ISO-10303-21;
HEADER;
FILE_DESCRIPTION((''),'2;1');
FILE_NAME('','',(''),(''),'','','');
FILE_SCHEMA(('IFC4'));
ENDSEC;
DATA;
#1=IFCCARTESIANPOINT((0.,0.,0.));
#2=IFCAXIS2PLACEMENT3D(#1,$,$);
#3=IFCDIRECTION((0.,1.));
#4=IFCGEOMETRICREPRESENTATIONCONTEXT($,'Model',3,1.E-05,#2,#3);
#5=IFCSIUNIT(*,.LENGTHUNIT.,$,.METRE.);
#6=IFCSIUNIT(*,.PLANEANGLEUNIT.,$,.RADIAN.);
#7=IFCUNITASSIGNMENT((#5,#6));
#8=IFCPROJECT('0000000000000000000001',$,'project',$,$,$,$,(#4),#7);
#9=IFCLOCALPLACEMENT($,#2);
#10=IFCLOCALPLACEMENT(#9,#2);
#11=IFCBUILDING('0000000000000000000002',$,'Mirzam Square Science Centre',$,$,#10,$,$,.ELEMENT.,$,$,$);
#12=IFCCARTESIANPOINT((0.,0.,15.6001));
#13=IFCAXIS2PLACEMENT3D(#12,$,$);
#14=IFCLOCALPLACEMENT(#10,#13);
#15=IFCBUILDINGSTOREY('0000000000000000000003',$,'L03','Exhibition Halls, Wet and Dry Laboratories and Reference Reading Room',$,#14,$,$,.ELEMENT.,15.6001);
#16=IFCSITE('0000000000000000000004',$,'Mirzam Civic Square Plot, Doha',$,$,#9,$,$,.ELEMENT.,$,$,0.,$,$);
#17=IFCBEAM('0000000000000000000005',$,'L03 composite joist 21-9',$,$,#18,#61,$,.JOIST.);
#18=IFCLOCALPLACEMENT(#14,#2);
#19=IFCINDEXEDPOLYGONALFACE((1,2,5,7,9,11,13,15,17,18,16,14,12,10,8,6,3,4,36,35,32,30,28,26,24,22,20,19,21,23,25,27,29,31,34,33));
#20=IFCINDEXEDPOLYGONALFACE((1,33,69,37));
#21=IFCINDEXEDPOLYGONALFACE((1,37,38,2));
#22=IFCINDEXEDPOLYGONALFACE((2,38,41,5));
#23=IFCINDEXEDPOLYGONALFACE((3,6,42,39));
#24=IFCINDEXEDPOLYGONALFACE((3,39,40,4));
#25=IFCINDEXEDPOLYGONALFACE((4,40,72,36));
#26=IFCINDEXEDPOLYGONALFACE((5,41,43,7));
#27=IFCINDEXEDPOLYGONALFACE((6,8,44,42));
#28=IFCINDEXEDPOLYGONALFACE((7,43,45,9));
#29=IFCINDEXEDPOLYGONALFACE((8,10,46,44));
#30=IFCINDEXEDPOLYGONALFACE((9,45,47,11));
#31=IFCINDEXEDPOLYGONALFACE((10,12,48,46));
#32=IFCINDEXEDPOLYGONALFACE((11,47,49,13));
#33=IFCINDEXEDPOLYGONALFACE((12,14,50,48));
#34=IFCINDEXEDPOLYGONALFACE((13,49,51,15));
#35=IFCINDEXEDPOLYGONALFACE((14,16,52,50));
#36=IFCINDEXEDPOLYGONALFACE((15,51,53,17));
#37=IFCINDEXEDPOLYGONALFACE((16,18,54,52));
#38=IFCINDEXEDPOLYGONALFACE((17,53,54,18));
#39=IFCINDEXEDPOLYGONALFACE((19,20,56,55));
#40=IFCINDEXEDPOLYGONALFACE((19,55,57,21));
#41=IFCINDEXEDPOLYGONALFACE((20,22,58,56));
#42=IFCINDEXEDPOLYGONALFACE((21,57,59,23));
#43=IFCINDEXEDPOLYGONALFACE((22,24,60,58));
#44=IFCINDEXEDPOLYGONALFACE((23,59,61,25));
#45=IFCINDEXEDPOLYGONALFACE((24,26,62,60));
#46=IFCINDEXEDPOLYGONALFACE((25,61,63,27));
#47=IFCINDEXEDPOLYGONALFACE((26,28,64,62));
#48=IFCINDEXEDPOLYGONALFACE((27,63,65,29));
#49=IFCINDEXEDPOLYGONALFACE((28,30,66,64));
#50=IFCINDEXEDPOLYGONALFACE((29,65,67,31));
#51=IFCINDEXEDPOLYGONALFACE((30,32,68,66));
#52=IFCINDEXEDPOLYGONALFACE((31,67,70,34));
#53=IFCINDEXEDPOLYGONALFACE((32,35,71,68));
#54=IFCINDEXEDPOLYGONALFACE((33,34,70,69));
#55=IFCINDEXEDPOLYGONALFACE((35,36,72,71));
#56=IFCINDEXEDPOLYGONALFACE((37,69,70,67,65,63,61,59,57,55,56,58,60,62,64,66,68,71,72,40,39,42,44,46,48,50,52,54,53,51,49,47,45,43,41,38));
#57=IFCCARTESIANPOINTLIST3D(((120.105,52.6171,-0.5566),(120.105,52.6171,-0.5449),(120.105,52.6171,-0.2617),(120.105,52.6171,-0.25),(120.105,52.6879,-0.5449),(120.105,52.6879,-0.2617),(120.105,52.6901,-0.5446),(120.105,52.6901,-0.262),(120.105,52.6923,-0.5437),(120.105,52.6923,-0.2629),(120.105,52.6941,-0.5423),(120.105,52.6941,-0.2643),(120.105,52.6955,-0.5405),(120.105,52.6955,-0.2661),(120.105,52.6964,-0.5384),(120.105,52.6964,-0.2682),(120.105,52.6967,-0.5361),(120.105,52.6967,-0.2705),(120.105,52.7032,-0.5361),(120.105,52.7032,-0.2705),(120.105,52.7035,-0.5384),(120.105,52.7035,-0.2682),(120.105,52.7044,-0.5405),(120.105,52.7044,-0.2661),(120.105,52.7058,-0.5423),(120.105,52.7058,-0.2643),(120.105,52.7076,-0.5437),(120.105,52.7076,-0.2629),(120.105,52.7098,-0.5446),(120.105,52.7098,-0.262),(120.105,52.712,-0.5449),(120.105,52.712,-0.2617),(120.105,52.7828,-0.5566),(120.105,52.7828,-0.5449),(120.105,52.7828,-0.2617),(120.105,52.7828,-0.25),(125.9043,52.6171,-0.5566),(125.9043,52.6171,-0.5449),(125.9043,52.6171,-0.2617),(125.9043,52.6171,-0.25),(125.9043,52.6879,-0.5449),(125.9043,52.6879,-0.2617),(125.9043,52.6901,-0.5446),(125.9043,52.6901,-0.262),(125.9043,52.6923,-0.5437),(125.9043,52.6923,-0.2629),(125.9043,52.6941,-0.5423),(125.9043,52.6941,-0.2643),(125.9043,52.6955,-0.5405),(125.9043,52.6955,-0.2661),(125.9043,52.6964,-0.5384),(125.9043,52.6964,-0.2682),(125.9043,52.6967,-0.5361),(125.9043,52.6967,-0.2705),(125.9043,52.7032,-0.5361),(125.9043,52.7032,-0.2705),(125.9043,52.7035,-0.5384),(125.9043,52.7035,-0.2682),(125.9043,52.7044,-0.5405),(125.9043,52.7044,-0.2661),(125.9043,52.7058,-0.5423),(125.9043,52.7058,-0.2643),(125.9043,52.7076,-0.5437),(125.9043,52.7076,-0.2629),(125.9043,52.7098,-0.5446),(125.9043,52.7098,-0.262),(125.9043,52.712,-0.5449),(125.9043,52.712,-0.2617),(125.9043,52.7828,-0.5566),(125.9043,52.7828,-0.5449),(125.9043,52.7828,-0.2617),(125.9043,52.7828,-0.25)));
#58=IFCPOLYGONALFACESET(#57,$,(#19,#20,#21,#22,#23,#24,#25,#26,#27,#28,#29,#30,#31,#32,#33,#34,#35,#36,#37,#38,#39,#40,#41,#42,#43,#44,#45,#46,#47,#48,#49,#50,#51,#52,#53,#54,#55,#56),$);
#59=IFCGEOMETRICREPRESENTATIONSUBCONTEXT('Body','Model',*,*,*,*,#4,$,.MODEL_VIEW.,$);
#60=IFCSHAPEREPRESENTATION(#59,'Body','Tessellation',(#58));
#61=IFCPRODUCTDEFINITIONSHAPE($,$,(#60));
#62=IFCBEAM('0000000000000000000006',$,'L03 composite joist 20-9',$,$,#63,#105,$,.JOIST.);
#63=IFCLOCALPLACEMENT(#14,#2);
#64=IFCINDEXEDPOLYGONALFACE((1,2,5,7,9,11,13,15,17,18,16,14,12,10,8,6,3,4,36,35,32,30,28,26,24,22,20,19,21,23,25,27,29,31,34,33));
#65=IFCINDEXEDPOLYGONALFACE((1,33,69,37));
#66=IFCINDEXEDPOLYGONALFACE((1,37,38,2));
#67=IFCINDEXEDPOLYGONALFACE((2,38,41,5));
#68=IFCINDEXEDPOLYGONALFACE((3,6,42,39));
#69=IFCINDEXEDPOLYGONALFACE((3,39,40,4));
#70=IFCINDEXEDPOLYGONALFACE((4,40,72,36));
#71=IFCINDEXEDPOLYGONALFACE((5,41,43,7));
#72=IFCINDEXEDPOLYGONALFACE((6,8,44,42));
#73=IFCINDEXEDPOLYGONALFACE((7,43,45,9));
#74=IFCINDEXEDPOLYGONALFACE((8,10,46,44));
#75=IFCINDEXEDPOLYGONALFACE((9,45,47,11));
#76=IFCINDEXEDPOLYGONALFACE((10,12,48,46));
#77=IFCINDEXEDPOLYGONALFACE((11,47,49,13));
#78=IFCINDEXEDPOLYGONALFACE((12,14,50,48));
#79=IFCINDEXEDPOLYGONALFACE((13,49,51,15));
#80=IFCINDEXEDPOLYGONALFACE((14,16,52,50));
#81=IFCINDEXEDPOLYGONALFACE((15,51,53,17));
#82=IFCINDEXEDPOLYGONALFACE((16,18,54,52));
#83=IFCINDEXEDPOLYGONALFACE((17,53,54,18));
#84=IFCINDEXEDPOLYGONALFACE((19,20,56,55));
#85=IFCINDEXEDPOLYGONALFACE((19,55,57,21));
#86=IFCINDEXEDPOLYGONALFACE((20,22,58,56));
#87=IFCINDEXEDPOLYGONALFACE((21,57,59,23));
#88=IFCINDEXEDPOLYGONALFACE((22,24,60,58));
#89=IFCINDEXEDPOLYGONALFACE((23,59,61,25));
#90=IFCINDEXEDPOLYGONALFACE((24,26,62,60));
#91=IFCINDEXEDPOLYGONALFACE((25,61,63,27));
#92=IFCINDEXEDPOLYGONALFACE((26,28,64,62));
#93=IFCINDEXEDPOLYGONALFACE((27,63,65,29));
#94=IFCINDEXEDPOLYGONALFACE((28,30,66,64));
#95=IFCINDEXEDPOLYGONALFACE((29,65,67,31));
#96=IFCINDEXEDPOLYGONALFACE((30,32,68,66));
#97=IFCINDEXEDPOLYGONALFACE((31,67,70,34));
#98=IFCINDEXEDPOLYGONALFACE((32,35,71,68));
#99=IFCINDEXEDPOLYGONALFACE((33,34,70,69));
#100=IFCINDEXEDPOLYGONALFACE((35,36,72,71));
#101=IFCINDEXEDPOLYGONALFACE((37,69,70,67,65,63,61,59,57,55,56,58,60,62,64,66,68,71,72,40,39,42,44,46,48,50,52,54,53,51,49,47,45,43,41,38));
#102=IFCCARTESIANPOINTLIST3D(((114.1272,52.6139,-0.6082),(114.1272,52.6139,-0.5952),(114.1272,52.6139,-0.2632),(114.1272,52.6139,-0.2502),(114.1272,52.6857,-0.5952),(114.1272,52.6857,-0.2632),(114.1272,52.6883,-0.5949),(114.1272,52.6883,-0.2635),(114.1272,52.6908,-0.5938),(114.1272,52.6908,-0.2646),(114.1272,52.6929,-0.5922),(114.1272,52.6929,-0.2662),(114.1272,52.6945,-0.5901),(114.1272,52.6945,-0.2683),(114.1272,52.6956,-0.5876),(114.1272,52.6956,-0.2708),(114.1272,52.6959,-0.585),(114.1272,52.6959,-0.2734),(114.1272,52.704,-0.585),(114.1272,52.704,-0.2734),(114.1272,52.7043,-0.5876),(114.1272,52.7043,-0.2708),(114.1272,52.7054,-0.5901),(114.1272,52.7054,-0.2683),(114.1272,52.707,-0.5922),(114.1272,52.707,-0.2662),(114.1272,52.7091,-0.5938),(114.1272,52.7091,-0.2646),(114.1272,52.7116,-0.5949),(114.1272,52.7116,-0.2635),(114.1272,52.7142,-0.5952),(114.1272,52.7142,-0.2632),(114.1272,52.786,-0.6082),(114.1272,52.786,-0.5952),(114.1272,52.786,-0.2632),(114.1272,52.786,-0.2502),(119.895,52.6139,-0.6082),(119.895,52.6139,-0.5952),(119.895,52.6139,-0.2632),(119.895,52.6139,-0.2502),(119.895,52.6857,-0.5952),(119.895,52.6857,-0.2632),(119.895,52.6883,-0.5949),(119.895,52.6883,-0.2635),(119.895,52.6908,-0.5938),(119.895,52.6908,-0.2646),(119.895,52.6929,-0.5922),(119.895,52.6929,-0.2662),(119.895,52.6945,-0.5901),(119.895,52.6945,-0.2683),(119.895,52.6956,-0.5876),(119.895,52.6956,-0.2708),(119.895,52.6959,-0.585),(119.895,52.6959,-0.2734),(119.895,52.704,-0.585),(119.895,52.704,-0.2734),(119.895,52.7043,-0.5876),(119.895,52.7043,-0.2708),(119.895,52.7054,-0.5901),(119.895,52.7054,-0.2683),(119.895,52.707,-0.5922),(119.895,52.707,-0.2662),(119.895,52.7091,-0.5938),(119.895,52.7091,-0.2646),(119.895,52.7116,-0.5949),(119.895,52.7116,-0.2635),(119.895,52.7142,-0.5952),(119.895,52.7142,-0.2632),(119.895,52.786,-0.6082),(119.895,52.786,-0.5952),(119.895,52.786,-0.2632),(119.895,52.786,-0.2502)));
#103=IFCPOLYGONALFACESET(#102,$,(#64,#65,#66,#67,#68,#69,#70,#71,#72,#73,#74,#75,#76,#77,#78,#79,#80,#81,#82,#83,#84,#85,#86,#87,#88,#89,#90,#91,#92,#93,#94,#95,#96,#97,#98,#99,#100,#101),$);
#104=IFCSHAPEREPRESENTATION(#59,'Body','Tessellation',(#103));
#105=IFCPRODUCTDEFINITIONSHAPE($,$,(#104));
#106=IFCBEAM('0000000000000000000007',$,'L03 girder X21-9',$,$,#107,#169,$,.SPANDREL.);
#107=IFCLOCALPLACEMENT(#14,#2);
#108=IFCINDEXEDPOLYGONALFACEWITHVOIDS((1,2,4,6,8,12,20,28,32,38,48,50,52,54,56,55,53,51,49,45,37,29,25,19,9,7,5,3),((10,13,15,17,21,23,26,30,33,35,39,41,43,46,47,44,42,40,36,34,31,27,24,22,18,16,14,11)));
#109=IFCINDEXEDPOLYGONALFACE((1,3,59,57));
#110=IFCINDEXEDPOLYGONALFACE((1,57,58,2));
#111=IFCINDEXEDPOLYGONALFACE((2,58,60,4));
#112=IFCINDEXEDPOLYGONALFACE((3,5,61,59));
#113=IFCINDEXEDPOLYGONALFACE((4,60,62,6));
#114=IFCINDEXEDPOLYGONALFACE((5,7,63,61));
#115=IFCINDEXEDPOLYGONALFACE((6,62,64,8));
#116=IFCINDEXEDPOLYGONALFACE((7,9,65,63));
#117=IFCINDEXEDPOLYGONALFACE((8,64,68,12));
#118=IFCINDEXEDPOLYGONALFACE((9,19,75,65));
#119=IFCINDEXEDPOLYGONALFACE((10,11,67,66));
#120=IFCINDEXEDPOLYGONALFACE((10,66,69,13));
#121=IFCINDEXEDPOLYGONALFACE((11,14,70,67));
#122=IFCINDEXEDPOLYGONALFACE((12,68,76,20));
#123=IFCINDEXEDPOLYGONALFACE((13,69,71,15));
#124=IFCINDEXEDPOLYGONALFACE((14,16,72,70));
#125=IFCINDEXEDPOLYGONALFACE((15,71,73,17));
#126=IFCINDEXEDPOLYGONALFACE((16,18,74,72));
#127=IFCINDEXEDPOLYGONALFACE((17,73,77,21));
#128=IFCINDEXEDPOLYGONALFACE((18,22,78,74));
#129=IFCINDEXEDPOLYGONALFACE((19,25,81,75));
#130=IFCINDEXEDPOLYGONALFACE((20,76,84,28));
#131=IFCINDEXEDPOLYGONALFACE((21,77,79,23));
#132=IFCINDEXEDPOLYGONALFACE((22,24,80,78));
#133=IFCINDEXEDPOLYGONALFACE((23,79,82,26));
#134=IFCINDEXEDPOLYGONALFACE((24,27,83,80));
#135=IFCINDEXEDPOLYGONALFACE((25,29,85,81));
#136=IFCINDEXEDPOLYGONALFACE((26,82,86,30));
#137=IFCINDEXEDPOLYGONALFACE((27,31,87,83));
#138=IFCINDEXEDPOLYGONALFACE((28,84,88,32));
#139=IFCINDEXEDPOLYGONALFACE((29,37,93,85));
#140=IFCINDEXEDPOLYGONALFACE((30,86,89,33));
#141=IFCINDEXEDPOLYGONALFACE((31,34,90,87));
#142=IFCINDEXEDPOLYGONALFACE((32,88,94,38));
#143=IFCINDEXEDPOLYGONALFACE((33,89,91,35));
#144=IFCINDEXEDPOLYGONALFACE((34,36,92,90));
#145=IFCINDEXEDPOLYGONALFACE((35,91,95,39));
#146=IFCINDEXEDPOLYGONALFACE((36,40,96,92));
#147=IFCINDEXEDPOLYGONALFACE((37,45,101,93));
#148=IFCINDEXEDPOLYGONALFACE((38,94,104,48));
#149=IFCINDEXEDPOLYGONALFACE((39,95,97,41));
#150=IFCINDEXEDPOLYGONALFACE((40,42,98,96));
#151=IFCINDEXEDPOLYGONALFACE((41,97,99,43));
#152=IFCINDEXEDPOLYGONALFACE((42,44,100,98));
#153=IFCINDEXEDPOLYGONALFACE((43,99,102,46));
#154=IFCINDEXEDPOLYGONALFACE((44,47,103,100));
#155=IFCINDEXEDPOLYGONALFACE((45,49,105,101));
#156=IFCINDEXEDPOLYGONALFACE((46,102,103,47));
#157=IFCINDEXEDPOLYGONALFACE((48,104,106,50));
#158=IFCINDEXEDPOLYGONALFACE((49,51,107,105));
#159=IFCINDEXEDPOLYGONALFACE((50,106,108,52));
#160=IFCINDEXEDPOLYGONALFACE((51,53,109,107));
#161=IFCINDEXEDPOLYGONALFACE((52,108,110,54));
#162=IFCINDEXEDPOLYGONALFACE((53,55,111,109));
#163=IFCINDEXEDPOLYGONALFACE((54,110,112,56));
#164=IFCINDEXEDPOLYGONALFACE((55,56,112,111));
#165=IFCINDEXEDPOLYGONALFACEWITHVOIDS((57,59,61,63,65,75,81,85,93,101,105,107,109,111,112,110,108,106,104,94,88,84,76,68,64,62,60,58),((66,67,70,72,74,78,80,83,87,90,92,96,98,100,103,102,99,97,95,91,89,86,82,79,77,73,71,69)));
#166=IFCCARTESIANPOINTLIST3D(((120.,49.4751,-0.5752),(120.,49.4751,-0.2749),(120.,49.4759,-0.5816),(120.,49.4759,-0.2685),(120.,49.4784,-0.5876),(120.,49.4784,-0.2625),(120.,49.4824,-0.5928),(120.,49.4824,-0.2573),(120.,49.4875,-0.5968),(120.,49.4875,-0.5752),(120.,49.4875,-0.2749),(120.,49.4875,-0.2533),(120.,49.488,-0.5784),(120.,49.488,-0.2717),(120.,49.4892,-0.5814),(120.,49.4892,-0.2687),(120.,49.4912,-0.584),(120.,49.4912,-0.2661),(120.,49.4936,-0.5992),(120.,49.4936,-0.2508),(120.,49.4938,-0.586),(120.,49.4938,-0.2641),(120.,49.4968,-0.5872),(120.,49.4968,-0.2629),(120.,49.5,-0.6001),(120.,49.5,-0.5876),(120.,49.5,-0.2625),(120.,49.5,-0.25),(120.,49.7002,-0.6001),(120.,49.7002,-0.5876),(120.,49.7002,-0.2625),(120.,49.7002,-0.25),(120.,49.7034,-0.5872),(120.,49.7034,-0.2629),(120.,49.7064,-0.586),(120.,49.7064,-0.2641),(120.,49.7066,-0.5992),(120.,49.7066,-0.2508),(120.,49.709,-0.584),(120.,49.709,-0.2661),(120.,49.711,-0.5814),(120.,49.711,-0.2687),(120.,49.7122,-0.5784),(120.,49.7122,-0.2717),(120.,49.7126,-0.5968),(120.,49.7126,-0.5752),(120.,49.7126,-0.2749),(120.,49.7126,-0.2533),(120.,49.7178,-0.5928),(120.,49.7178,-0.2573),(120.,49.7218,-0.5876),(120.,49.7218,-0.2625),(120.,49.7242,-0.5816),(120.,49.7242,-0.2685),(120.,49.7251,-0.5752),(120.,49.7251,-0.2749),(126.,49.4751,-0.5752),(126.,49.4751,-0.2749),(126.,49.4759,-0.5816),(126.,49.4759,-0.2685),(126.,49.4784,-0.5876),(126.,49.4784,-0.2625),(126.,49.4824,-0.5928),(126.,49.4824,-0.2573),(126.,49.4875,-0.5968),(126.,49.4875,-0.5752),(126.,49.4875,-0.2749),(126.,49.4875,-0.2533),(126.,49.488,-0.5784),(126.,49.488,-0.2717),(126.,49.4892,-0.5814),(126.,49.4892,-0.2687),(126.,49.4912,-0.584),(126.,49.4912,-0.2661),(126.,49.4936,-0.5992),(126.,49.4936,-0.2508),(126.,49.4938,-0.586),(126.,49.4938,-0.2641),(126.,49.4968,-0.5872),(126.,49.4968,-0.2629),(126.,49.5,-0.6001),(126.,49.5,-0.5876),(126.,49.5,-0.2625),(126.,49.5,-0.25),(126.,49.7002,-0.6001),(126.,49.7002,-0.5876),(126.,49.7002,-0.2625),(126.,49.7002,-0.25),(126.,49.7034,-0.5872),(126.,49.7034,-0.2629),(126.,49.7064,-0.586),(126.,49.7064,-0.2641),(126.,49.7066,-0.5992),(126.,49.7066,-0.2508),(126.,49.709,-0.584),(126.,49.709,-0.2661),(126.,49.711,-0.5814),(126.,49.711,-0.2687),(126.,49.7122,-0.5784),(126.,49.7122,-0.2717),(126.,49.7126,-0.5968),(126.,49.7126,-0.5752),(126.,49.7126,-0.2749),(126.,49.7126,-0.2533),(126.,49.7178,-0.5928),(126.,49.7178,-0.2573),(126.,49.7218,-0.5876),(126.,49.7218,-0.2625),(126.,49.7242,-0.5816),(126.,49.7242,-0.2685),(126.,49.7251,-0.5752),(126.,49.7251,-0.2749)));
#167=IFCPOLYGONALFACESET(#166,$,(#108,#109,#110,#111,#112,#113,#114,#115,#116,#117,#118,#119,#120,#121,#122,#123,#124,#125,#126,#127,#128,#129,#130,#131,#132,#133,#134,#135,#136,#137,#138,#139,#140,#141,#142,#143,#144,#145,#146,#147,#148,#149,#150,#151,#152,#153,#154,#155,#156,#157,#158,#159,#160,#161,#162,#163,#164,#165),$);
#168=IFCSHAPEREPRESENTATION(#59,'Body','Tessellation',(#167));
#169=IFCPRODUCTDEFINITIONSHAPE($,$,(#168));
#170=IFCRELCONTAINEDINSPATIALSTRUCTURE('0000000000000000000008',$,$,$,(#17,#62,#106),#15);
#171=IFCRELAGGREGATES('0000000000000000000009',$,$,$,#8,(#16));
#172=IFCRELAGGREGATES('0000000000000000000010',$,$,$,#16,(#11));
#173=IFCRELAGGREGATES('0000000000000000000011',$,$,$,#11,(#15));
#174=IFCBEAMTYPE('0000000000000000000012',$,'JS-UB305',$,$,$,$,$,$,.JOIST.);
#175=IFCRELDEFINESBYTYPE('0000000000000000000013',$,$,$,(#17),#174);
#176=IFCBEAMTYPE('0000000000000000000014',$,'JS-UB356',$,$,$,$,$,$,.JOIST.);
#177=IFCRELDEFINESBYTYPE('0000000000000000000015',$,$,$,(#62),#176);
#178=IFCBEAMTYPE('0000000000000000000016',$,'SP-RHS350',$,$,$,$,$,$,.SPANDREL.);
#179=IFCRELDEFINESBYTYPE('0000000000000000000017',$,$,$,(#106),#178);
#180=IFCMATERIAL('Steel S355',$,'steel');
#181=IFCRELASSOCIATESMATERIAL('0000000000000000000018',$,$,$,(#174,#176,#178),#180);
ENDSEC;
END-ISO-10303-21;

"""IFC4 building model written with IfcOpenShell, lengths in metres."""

from ifc_helpers import new_model, si_unit, direction, frame, origin, origin_2d, place, context, subcontext, project, spatial, hollow_rectangle, i_section, extrude, material, material_profile, profile_set, type_object, element, save


model = new_model("IFC4")

# Units and contexts
model_context = context("Model", 3, precision=1e-05, world=origin(), true_north=direction((0.0, 1.0)))
body_context = subcontext(model_context, "Body", "Model", "MODEL_VIEW")
ifc_project = project(units=[si_unit("LENGTHUNIT", "METRE"), si_unit("PLANEANGLEUNIT", "RADIAN")], contexts=[model_context])

# Site, building, storey
site_placement = place(None, origin())
site = spatial("IfcSite", under=ifc_project, at=site_placement, Name="Mirzam Civic Square Plot, Doha", CompositionType="ELEMENT", RefElevation=0.0)
building_placement = place(site_placement, origin())
building = spatial("IfcBuilding", under=site, at=building_placement, Name="Mirzam Square Science Centre", CompositionType="ELEMENT")
storey_placement = place(building_placement, frame((0.0, 0.0, 15.6001)))
storey = spatial("IfcBuildingStorey", under=building, at=storey_placement, Name="L03", Description="Exhibition Halls, Wet and Dry Laboratories and Reference Reading Room", CompositionType="ELEMENT", Elevation=15.6001)

# Shared definitions
ifc_material_1 = material(Name="Steel S355", Category="steel")

# Beams
ifc_material_profile_1 = material_profile(ifc_material_1, i_section(OverallWidth=0.1658, OverallDepth=0.3066, WebThickness=0.0066, FlangeThickness=0.0117, FilletRadius=0.0088, at=origin_2d()), Name="305x165x46UB")
ifc_profile_set_1 = profile_set([ifc_material_profile_1], Name="Steel S355")
beam_type_1 = type_object("IfcBeamType", Name="JS-UB305", PredefinedType="JOIST", material=ifc_profile_set_1)
beam_1_placement = place(storey_placement, frame((120.105, 52.7, -0.4033), z_axis=(1.0, 0.0, 0.0), x_axis=(0.0, 1.0, 0.0)))
element("IfcBeam", 1, at=beam_1_placement, inside=storey, type_object=beam_type_1, Name="L03 composite joist 21-9", PredefinedType="JOIST", context=body_context, shape_type="SweptSolid", body=[
    extrude(i_section(OverallWidth=0.1658, OverallDepth=0.3066, WebThickness=0.0066, FlangeThickness=0.0117, FilletRadius=0.0088, at=origin_2d()), origin(), (0.0, 0.0, 1.0), 5.7993),
])
ifc_material_profile_2 = material_profile(ifc_material_1, i_section(OverallWidth=0.1721, OverallDepth=0.3579, WebThickness=0.0081, FlangeThickness=0.0129, FilletRadius=0.0103, at=origin_2d()), Name="356x171x57UB")
ifc_profile_set_2 = profile_set([ifc_material_profile_2], Name="Steel S355")
beam_type_2 = type_object("IfcBeamType", Name="JS-UB356", PredefinedType="JOIST", material=ifc_profile_set_2)
beam_2_placement = place(storey_placement, frame((114.1272, 52.7, -0.4292), z_axis=(1.0, 0.0, 0.0), x_axis=(0.0, 1.0, 0.0)))
element("IfcBeam", 2, at=beam_2_placement, inside=storey, type_object=beam_type_2, Name="L03 composite joist 20-9", PredefinedType="JOIST", context=body_context, shape_type="SweptSolid", body=[
    extrude(i_section(OverallWidth=0.1721, OverallDepth=0.3579, WebThickness=0.0081, FlangeThickness=0.0129, FilletRadius=0.0103, at=origin_2d()), origin(), (0.0, 0.0, 1.0), 5.7678),
])
ifc_material_profile_3 = material_profile(ifc_material_1, hollow_rectangle(XDim=0.25, YDim=0.3501, WallThickness=0.0125, InnerFilletRadius=0.0125, OuterFilletRadius=0.0249, at=origin_2d()), Name="350x250x12.5RHS")
ifc_profile_set_3 = profile_set([ifc_material_profile_3], Name="Steel S355")
beam_type_3 = type_object("IfcBeamType", Name="SP-RHS350", PredefinedType="SPANDREL", material=ifc_profile_set_3)
for number, where, z_axis, x_axis, name in (
    (3, (120.0, 49.6001, -0.425), (1.0, 0.0, 0.0), (0.0, 1.0, 0.0), "L03 girder X21-9"),
):
    element("IfcBeam", number, at=place(storey_placement, frame(where, z_axis=z_axis, x_axis=x_axis)), inside=storey, type_object=beam_type_3, Name=name, PredefinedType="SPANDREL", context=body_context, shape_type="SweptSolid", body=[
        extrude(hollow_rectangle(XDim=0.25, YDim=0.3501, WallThickness=0.0125, InnerFilletRadius=0.0125, OuterFilletRadius=0.0249, at=origin_2d()), origin(), (0.0, 0.0, 1.0), 6.0),
    ])

save(model, "model.ifc")
